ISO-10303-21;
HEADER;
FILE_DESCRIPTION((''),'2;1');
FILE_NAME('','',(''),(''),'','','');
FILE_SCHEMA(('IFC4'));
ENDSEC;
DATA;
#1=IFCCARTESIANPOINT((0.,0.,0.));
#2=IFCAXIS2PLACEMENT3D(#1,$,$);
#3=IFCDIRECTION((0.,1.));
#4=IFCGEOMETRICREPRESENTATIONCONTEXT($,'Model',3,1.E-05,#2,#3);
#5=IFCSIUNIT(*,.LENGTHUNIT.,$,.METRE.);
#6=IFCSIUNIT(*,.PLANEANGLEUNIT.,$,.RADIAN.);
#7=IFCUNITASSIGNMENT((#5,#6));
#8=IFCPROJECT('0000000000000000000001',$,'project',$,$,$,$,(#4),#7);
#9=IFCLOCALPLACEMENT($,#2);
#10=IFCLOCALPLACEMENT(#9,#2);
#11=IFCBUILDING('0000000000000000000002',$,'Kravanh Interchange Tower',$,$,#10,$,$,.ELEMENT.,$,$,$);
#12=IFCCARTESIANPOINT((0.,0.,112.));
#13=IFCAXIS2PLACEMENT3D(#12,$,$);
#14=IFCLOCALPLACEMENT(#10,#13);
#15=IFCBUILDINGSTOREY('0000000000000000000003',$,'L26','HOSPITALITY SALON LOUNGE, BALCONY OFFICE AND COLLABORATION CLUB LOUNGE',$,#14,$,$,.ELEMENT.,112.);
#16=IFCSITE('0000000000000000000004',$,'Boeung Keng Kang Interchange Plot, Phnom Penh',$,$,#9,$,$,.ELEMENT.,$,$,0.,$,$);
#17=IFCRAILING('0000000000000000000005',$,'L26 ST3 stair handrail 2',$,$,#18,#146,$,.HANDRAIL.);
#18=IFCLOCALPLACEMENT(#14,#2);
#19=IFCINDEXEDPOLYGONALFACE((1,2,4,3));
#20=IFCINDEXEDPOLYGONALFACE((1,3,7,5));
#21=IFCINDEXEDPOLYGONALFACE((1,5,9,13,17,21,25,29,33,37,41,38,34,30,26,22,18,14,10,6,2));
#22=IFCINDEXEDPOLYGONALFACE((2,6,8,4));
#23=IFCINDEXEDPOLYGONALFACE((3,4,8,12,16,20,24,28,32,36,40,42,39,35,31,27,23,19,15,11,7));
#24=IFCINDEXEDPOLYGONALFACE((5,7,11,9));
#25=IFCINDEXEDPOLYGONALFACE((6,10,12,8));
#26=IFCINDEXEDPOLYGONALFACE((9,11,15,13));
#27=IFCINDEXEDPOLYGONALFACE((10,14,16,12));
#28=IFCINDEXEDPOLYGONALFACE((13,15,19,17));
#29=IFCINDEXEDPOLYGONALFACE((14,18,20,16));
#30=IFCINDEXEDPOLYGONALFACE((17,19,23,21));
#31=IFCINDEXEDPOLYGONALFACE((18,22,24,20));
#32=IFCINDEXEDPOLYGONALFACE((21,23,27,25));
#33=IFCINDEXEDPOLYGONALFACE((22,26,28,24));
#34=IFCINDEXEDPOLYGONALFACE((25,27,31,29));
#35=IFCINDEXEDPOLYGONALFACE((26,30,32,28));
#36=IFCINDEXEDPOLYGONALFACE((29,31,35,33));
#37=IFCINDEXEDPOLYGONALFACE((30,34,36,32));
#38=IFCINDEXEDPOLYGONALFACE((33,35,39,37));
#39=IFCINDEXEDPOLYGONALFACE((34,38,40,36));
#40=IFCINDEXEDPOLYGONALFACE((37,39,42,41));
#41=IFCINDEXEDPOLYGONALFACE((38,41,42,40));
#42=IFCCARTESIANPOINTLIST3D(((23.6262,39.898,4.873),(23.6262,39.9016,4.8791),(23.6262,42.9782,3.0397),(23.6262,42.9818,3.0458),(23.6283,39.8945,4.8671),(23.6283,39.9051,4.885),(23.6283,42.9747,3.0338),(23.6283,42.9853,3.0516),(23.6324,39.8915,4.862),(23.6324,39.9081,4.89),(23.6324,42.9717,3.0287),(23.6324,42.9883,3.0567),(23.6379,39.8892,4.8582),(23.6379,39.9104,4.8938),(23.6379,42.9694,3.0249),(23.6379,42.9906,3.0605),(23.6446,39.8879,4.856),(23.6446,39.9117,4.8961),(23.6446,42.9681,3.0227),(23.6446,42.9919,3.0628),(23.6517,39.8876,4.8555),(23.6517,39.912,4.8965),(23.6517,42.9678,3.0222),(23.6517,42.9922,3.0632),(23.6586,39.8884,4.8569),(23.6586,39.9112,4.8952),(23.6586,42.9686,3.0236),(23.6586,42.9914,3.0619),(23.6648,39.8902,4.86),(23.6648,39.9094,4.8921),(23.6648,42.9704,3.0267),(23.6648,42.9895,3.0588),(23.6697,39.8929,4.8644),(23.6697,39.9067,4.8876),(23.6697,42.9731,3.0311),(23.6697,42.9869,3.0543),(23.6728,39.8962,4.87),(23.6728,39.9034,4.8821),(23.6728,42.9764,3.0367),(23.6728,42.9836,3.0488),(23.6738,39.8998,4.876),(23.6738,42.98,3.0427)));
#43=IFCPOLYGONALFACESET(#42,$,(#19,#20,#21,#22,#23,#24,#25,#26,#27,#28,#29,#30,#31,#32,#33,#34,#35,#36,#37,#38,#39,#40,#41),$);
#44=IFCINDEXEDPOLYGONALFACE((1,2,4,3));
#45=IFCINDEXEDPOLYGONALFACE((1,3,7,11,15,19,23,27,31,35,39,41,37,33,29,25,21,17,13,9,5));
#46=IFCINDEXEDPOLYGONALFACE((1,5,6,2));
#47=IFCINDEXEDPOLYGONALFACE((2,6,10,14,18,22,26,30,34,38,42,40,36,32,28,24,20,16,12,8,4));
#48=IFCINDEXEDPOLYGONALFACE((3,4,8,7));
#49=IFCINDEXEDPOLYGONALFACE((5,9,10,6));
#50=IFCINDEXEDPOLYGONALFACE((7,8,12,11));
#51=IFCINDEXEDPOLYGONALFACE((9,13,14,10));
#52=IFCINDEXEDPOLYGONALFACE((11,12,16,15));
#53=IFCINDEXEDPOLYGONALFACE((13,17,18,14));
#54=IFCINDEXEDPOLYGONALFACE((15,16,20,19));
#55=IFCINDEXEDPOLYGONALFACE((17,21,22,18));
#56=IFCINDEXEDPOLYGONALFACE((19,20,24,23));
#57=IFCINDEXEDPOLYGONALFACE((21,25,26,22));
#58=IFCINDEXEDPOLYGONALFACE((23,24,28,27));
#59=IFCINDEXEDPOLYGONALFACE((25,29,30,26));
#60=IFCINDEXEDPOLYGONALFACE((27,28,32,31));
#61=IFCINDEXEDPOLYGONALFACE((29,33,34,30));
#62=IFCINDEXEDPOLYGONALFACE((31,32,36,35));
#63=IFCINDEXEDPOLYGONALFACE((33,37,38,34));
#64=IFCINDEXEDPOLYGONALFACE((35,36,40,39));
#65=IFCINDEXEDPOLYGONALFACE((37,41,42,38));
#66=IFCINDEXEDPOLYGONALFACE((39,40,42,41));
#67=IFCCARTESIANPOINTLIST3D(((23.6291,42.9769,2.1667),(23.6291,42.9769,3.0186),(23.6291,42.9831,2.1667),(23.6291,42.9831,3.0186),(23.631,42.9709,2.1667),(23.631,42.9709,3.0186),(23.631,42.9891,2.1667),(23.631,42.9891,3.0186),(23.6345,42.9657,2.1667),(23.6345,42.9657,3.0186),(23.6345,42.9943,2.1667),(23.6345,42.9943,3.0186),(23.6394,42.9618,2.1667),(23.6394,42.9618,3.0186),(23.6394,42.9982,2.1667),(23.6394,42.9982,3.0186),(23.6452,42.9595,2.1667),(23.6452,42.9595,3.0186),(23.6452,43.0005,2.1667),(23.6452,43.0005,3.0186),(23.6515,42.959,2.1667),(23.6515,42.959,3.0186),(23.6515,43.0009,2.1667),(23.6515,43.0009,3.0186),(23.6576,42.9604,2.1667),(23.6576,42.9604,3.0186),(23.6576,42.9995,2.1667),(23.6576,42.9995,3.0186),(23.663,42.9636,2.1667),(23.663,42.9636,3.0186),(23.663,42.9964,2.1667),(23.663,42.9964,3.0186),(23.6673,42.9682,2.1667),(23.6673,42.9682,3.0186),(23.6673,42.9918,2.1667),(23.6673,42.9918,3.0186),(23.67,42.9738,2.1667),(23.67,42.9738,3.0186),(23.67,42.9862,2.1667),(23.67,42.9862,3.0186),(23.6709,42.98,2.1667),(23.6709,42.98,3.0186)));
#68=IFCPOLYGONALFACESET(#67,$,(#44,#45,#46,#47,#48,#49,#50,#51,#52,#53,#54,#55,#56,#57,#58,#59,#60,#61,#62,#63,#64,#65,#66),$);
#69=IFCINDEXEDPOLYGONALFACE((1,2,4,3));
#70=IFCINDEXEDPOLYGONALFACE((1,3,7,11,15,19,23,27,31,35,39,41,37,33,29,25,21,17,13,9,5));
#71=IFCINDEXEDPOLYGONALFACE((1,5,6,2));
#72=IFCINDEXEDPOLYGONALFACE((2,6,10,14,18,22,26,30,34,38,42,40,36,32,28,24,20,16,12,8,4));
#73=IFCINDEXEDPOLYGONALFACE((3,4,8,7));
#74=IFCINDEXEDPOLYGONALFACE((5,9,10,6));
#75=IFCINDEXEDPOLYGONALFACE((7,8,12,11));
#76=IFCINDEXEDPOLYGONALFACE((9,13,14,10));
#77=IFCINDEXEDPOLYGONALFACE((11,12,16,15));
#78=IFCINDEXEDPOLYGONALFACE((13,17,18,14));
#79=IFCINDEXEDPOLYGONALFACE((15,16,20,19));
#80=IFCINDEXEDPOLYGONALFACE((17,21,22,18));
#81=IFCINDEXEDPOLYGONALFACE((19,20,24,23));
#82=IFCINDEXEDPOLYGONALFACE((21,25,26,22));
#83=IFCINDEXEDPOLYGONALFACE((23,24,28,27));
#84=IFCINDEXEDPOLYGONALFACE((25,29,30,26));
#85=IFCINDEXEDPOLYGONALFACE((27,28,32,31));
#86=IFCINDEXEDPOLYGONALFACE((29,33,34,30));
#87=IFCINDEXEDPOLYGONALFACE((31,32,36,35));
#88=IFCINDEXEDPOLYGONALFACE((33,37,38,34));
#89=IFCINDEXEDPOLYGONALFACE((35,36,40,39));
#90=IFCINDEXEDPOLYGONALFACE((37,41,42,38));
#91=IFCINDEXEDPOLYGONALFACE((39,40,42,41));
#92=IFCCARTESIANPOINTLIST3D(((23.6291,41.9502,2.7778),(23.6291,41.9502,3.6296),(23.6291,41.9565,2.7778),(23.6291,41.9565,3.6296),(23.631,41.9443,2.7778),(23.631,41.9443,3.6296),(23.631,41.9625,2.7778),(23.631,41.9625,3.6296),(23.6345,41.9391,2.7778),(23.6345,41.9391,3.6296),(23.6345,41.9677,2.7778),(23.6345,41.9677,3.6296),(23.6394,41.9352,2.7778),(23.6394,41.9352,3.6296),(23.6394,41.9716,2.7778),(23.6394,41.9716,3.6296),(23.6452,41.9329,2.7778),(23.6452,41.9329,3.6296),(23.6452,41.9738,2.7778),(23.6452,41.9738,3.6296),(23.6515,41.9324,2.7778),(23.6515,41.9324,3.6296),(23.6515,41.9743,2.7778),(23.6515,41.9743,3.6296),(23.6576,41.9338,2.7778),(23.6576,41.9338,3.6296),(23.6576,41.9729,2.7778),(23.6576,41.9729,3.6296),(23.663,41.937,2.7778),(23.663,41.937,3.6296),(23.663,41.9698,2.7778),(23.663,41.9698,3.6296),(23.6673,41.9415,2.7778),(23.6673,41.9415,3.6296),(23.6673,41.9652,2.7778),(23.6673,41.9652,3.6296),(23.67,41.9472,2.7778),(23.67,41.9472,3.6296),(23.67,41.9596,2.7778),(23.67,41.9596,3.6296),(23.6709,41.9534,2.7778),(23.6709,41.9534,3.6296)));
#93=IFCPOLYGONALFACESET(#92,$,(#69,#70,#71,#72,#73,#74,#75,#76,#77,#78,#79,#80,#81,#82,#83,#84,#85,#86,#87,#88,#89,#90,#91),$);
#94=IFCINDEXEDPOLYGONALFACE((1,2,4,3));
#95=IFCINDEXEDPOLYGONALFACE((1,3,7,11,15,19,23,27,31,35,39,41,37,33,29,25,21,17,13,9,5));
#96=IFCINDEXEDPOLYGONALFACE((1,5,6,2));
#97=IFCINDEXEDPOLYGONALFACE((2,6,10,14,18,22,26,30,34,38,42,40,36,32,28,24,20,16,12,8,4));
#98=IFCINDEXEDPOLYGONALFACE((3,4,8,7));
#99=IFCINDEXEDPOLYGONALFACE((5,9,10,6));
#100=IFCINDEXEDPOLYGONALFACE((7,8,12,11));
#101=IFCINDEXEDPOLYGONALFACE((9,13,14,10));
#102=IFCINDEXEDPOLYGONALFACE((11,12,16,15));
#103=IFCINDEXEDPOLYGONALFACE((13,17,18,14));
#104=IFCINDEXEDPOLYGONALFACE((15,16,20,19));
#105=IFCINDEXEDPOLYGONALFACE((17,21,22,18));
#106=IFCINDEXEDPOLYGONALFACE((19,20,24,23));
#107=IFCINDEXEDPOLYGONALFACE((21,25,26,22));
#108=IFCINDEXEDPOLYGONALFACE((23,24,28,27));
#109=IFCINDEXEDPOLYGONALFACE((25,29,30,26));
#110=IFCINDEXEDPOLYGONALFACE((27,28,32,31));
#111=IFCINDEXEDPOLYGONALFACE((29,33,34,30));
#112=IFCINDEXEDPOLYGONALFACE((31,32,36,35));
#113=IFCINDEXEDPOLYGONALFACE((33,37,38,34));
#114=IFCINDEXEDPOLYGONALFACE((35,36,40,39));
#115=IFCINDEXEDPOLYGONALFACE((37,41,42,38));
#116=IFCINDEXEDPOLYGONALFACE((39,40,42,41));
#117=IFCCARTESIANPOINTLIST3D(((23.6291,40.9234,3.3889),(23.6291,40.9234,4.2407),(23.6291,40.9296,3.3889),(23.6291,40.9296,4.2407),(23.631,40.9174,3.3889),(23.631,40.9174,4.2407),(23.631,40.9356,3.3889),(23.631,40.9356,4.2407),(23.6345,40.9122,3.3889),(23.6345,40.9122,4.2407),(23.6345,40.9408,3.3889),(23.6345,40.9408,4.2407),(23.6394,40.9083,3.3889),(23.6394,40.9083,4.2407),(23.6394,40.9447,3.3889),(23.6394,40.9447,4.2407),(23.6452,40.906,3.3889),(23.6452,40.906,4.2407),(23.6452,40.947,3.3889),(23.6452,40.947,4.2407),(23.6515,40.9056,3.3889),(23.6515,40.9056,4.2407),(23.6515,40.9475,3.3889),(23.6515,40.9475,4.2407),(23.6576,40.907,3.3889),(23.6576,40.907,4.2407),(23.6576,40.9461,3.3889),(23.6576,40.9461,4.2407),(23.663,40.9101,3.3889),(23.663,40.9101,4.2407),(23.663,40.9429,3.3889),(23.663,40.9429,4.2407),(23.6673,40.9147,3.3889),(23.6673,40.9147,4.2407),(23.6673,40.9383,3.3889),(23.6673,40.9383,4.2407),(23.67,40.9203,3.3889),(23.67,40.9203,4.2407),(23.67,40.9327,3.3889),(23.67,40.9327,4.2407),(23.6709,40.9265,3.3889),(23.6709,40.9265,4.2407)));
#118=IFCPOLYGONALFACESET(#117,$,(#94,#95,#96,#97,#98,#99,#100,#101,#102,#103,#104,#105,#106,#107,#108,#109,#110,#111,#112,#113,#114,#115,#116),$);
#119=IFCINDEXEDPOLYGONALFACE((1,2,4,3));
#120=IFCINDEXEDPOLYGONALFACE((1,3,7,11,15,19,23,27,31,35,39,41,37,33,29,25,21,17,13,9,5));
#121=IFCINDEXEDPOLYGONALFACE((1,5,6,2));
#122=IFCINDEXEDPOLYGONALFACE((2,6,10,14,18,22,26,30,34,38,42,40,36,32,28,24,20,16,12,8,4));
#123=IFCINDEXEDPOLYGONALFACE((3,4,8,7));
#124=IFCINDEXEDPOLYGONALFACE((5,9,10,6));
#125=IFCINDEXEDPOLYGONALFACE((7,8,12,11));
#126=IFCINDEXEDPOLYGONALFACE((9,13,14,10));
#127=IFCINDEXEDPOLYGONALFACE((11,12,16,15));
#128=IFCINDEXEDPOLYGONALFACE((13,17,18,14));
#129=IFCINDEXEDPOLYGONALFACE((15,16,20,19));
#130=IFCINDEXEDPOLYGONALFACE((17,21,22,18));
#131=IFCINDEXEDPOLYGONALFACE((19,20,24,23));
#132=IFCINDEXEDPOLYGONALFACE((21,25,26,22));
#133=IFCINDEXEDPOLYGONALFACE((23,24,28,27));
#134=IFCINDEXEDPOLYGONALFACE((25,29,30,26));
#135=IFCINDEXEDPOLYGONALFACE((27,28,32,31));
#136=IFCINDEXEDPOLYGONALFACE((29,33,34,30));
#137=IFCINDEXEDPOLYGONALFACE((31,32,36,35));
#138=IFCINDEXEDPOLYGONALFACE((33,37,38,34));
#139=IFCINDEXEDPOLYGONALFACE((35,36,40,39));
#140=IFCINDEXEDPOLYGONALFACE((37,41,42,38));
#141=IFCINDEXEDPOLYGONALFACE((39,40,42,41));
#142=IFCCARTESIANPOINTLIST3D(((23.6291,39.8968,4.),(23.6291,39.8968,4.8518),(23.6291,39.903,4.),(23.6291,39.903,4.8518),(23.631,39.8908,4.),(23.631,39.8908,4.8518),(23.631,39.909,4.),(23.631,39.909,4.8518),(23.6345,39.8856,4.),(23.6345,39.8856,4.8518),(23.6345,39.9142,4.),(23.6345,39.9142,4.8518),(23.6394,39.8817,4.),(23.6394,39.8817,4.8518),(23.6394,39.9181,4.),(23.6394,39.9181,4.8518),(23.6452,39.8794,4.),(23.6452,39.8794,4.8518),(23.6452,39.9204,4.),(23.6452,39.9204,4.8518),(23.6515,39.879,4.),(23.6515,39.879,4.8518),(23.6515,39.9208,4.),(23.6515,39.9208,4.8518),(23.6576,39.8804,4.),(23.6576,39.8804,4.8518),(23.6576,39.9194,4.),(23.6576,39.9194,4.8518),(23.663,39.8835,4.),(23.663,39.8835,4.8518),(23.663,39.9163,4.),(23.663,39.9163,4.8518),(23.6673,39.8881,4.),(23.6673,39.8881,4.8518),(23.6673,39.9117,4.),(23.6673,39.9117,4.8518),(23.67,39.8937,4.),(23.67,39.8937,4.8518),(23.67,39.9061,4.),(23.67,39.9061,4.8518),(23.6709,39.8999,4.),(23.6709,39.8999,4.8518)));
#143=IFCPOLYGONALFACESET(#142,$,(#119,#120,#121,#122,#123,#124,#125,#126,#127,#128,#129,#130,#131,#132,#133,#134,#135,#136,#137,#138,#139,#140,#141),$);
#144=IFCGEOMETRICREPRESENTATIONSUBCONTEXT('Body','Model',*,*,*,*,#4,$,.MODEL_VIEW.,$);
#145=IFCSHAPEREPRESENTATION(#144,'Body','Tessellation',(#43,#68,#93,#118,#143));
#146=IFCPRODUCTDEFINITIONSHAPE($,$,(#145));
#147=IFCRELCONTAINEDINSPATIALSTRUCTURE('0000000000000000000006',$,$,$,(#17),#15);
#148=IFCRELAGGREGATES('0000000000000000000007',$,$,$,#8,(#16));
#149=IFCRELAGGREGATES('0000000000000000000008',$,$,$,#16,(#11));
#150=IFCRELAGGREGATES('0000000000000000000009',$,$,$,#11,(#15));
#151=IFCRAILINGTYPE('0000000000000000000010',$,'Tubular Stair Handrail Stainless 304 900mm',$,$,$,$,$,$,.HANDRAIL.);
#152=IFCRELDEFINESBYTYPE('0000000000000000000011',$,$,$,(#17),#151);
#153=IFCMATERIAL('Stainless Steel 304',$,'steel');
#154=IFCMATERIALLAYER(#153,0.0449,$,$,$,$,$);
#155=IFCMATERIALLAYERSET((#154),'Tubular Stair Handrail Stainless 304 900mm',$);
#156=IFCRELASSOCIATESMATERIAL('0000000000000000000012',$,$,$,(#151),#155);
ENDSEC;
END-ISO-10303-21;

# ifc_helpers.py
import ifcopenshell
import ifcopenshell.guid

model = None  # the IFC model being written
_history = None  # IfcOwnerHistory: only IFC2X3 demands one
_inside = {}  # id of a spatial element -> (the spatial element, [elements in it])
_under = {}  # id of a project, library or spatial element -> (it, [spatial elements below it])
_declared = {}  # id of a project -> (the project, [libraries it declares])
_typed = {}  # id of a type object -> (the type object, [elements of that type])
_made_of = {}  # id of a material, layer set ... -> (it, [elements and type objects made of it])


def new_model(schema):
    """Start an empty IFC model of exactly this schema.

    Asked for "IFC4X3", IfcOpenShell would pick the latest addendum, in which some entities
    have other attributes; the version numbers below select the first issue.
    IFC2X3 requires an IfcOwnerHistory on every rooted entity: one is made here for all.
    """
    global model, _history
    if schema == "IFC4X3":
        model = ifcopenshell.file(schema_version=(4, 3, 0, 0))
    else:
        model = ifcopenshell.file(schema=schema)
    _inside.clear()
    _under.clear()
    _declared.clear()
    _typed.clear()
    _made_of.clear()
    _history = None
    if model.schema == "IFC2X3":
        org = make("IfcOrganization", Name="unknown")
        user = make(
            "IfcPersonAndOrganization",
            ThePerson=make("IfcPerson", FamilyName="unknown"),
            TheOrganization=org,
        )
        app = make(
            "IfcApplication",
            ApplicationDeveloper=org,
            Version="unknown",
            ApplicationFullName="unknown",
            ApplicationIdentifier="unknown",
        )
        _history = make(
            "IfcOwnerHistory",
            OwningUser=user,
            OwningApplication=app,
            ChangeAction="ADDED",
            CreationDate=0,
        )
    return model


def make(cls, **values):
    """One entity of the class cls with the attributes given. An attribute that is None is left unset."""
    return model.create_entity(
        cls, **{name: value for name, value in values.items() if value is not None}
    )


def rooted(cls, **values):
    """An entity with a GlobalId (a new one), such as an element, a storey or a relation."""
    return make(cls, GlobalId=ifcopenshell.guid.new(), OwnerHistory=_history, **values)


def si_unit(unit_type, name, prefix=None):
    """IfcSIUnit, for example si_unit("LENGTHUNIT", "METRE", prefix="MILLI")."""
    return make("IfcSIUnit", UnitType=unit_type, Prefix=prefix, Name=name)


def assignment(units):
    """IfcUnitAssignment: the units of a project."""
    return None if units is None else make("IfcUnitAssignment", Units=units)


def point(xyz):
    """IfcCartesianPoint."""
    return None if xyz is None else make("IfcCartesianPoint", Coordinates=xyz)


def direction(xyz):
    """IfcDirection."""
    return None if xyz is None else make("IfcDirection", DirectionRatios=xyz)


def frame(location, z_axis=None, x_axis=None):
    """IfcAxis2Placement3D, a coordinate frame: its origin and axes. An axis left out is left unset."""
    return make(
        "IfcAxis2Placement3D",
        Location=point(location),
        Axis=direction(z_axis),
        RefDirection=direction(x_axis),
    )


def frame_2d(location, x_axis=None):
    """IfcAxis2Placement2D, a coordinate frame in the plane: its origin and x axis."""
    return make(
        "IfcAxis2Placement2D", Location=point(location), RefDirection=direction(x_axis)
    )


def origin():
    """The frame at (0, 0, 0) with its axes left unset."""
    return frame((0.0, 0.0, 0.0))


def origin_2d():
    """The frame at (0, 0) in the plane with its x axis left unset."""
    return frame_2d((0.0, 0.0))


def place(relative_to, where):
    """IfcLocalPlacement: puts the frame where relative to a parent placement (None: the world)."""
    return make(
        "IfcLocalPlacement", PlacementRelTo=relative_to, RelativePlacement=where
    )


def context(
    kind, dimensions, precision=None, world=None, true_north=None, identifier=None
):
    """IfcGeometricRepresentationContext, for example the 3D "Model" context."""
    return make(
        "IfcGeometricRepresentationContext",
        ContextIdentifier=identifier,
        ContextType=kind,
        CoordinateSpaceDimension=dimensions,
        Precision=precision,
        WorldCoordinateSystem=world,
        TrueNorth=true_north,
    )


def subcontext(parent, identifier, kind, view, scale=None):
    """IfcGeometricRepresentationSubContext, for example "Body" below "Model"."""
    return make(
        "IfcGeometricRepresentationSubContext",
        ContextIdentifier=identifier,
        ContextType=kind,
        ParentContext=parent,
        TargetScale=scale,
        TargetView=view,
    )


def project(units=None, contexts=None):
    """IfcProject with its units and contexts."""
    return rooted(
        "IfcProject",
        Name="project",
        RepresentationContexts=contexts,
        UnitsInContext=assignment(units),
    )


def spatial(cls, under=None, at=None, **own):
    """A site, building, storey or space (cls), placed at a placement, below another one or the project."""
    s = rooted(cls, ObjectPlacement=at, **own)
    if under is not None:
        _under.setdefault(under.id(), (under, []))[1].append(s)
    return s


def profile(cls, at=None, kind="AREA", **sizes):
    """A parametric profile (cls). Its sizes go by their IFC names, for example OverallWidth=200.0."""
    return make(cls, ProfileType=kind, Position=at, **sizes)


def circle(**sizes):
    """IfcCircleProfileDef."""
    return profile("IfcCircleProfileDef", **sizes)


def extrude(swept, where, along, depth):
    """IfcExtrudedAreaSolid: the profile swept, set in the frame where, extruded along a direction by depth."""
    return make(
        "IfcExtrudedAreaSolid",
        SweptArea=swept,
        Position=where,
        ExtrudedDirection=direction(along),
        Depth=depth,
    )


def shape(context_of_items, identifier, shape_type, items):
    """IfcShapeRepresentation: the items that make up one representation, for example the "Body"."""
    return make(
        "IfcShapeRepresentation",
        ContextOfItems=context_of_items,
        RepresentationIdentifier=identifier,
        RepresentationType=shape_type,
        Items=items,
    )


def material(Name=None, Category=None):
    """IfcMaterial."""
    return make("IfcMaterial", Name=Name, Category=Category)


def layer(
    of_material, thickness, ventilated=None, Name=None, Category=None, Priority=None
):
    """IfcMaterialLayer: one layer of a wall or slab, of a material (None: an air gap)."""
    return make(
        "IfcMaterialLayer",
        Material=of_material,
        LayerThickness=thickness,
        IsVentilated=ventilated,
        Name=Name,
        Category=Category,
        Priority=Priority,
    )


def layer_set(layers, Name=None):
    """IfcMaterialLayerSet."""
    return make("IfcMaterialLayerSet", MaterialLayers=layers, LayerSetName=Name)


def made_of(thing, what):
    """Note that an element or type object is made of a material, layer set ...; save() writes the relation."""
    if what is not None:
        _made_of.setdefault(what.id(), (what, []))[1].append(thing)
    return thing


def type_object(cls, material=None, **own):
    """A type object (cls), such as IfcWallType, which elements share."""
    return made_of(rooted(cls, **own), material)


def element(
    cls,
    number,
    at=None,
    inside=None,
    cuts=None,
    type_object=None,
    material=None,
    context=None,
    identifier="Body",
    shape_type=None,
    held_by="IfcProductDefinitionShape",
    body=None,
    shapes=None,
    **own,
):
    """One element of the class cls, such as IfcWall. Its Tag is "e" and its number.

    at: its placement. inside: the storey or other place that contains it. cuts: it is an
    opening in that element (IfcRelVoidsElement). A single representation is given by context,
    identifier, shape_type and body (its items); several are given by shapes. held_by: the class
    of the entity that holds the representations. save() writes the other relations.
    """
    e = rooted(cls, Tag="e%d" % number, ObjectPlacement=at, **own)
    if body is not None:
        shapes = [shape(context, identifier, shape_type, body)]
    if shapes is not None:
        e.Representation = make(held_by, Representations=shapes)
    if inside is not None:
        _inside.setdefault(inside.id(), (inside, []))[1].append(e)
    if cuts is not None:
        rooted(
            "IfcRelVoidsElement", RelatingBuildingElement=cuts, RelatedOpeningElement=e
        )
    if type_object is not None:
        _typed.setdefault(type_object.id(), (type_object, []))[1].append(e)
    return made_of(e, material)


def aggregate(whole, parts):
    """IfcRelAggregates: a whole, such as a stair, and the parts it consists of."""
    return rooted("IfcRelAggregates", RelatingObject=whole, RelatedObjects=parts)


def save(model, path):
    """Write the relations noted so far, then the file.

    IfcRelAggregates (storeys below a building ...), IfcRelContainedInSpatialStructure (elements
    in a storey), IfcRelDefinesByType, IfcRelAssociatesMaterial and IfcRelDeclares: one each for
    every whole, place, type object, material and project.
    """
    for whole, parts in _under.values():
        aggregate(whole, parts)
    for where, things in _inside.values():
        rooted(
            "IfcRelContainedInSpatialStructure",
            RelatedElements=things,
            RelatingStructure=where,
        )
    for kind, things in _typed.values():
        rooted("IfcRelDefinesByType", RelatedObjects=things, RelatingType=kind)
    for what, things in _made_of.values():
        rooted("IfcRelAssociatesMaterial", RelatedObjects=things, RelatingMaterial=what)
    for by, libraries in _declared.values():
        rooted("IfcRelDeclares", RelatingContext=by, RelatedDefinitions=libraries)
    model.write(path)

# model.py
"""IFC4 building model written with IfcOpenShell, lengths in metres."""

from ifc_helpers import new_model, si_unit, direction, frame, origin, origin_2d, place, context, subcontext, project, spatial, circle, extrude, material, layer, layer_set, type_object, element, save


model = new_model("IFC4")

# Units and contexts
model_context = context("Model", 3, precision=1e-05, world=origin(), true_north=direction((0.0, 1.0)))
body_context = subcontext(model_context, "Body", "Model", "MODEL_VIEW")
ifc_project = project(units=[si_unit("LENGTHUNIT", "METRE"), si_unit("PLANEANGLEUNIT", "RADIAN")], contexts=[model_context])

# Site, building, storey
site_placement = place(None, origin())
site = spatial("IfcSite", under=ifc_project, at=site_placement, Name="Boeung Keng Kang Interchange Plot, Phnom Penh", CompositionType="ELEMENT", RefElevation=0.0)
building_placement = place(site_placement, origin())
building = spatial("IfcBuilding", under=site, at=building_placement, Name="Kravanh Interchange Tower", CompositionType="ELEMENT")
storey_placement = place(building_placement, frame((0.0, 0.0, 112.0)))
storey = spatial("IfcBuildingStorey", under=building, at=storey_placement, Name="L26", Description="HOSPITALITY SALON LOUNGE, BALCONY OFFICE AND COLLABORATION CLUB LOUNGE", CompositionType="ELEMENT", Elevation=112.0)

# Railing
ifc_material_1 = material(Name="Stainless Steel 304", Category="steel")
ifc_layer_1 = layer(ifc_material_1, 0.0449)
ifc_layer_set_1 = layer_set([ifc_layer_1], Name="Tubular Stair Handrail Stainless 304 900mm")
railing_type_1 = type_object("IfcRailingType", Name="Tubular Stair Handrail Stainless 304 900mm", PredefinedType="HANDRAIL", material=ifc_layer_set_1)
railing_1_placement = place(storey_placement, frame((23.6499, 42.98, 2.1667)))
element("IfcRailing", 1, at=railing_1_placement, inside=storey, type_object=railing_type_1, Name="L26 ST3 stair handrail 2", PredefinedType="HANDRAIL", context=body_context, shape_type="SweptSolid", body=[
    extrude(circle(Radius=0.0239, at=origin_2d()), frame((0.0, 0.0, 0.876), z_axis=(0.0, -0.859309, 0.511458), x_axis=(1.0, 0.0, 0.0)), (0.0, 0.0, 1.0), 3.5845),
    extrude(circle(Radius=0.021, at=origin_2d()), origin(), (0.0, 0.0, 1.0), 0.8518),
    extrude(circle(Radius=0.021, at=origin_2d()), frame((0.0, -1.0266, 0.6111)), (0.0, 0.0, 1.0), 0.8518),
    extrude(circle(Radius=0.021, at=origin_2d()), frame((0.0, -2.0535, 1.2222)), (0.0, 0.0, 1.0), 0.8518),
    extrude(circle(Radius=0.021, at=origin_2d()), frame((0.0, -3.0801, 1.8333)), (0.0, 0.0, 1.0), 0.8518),
])

save(model, "model.ifc")
